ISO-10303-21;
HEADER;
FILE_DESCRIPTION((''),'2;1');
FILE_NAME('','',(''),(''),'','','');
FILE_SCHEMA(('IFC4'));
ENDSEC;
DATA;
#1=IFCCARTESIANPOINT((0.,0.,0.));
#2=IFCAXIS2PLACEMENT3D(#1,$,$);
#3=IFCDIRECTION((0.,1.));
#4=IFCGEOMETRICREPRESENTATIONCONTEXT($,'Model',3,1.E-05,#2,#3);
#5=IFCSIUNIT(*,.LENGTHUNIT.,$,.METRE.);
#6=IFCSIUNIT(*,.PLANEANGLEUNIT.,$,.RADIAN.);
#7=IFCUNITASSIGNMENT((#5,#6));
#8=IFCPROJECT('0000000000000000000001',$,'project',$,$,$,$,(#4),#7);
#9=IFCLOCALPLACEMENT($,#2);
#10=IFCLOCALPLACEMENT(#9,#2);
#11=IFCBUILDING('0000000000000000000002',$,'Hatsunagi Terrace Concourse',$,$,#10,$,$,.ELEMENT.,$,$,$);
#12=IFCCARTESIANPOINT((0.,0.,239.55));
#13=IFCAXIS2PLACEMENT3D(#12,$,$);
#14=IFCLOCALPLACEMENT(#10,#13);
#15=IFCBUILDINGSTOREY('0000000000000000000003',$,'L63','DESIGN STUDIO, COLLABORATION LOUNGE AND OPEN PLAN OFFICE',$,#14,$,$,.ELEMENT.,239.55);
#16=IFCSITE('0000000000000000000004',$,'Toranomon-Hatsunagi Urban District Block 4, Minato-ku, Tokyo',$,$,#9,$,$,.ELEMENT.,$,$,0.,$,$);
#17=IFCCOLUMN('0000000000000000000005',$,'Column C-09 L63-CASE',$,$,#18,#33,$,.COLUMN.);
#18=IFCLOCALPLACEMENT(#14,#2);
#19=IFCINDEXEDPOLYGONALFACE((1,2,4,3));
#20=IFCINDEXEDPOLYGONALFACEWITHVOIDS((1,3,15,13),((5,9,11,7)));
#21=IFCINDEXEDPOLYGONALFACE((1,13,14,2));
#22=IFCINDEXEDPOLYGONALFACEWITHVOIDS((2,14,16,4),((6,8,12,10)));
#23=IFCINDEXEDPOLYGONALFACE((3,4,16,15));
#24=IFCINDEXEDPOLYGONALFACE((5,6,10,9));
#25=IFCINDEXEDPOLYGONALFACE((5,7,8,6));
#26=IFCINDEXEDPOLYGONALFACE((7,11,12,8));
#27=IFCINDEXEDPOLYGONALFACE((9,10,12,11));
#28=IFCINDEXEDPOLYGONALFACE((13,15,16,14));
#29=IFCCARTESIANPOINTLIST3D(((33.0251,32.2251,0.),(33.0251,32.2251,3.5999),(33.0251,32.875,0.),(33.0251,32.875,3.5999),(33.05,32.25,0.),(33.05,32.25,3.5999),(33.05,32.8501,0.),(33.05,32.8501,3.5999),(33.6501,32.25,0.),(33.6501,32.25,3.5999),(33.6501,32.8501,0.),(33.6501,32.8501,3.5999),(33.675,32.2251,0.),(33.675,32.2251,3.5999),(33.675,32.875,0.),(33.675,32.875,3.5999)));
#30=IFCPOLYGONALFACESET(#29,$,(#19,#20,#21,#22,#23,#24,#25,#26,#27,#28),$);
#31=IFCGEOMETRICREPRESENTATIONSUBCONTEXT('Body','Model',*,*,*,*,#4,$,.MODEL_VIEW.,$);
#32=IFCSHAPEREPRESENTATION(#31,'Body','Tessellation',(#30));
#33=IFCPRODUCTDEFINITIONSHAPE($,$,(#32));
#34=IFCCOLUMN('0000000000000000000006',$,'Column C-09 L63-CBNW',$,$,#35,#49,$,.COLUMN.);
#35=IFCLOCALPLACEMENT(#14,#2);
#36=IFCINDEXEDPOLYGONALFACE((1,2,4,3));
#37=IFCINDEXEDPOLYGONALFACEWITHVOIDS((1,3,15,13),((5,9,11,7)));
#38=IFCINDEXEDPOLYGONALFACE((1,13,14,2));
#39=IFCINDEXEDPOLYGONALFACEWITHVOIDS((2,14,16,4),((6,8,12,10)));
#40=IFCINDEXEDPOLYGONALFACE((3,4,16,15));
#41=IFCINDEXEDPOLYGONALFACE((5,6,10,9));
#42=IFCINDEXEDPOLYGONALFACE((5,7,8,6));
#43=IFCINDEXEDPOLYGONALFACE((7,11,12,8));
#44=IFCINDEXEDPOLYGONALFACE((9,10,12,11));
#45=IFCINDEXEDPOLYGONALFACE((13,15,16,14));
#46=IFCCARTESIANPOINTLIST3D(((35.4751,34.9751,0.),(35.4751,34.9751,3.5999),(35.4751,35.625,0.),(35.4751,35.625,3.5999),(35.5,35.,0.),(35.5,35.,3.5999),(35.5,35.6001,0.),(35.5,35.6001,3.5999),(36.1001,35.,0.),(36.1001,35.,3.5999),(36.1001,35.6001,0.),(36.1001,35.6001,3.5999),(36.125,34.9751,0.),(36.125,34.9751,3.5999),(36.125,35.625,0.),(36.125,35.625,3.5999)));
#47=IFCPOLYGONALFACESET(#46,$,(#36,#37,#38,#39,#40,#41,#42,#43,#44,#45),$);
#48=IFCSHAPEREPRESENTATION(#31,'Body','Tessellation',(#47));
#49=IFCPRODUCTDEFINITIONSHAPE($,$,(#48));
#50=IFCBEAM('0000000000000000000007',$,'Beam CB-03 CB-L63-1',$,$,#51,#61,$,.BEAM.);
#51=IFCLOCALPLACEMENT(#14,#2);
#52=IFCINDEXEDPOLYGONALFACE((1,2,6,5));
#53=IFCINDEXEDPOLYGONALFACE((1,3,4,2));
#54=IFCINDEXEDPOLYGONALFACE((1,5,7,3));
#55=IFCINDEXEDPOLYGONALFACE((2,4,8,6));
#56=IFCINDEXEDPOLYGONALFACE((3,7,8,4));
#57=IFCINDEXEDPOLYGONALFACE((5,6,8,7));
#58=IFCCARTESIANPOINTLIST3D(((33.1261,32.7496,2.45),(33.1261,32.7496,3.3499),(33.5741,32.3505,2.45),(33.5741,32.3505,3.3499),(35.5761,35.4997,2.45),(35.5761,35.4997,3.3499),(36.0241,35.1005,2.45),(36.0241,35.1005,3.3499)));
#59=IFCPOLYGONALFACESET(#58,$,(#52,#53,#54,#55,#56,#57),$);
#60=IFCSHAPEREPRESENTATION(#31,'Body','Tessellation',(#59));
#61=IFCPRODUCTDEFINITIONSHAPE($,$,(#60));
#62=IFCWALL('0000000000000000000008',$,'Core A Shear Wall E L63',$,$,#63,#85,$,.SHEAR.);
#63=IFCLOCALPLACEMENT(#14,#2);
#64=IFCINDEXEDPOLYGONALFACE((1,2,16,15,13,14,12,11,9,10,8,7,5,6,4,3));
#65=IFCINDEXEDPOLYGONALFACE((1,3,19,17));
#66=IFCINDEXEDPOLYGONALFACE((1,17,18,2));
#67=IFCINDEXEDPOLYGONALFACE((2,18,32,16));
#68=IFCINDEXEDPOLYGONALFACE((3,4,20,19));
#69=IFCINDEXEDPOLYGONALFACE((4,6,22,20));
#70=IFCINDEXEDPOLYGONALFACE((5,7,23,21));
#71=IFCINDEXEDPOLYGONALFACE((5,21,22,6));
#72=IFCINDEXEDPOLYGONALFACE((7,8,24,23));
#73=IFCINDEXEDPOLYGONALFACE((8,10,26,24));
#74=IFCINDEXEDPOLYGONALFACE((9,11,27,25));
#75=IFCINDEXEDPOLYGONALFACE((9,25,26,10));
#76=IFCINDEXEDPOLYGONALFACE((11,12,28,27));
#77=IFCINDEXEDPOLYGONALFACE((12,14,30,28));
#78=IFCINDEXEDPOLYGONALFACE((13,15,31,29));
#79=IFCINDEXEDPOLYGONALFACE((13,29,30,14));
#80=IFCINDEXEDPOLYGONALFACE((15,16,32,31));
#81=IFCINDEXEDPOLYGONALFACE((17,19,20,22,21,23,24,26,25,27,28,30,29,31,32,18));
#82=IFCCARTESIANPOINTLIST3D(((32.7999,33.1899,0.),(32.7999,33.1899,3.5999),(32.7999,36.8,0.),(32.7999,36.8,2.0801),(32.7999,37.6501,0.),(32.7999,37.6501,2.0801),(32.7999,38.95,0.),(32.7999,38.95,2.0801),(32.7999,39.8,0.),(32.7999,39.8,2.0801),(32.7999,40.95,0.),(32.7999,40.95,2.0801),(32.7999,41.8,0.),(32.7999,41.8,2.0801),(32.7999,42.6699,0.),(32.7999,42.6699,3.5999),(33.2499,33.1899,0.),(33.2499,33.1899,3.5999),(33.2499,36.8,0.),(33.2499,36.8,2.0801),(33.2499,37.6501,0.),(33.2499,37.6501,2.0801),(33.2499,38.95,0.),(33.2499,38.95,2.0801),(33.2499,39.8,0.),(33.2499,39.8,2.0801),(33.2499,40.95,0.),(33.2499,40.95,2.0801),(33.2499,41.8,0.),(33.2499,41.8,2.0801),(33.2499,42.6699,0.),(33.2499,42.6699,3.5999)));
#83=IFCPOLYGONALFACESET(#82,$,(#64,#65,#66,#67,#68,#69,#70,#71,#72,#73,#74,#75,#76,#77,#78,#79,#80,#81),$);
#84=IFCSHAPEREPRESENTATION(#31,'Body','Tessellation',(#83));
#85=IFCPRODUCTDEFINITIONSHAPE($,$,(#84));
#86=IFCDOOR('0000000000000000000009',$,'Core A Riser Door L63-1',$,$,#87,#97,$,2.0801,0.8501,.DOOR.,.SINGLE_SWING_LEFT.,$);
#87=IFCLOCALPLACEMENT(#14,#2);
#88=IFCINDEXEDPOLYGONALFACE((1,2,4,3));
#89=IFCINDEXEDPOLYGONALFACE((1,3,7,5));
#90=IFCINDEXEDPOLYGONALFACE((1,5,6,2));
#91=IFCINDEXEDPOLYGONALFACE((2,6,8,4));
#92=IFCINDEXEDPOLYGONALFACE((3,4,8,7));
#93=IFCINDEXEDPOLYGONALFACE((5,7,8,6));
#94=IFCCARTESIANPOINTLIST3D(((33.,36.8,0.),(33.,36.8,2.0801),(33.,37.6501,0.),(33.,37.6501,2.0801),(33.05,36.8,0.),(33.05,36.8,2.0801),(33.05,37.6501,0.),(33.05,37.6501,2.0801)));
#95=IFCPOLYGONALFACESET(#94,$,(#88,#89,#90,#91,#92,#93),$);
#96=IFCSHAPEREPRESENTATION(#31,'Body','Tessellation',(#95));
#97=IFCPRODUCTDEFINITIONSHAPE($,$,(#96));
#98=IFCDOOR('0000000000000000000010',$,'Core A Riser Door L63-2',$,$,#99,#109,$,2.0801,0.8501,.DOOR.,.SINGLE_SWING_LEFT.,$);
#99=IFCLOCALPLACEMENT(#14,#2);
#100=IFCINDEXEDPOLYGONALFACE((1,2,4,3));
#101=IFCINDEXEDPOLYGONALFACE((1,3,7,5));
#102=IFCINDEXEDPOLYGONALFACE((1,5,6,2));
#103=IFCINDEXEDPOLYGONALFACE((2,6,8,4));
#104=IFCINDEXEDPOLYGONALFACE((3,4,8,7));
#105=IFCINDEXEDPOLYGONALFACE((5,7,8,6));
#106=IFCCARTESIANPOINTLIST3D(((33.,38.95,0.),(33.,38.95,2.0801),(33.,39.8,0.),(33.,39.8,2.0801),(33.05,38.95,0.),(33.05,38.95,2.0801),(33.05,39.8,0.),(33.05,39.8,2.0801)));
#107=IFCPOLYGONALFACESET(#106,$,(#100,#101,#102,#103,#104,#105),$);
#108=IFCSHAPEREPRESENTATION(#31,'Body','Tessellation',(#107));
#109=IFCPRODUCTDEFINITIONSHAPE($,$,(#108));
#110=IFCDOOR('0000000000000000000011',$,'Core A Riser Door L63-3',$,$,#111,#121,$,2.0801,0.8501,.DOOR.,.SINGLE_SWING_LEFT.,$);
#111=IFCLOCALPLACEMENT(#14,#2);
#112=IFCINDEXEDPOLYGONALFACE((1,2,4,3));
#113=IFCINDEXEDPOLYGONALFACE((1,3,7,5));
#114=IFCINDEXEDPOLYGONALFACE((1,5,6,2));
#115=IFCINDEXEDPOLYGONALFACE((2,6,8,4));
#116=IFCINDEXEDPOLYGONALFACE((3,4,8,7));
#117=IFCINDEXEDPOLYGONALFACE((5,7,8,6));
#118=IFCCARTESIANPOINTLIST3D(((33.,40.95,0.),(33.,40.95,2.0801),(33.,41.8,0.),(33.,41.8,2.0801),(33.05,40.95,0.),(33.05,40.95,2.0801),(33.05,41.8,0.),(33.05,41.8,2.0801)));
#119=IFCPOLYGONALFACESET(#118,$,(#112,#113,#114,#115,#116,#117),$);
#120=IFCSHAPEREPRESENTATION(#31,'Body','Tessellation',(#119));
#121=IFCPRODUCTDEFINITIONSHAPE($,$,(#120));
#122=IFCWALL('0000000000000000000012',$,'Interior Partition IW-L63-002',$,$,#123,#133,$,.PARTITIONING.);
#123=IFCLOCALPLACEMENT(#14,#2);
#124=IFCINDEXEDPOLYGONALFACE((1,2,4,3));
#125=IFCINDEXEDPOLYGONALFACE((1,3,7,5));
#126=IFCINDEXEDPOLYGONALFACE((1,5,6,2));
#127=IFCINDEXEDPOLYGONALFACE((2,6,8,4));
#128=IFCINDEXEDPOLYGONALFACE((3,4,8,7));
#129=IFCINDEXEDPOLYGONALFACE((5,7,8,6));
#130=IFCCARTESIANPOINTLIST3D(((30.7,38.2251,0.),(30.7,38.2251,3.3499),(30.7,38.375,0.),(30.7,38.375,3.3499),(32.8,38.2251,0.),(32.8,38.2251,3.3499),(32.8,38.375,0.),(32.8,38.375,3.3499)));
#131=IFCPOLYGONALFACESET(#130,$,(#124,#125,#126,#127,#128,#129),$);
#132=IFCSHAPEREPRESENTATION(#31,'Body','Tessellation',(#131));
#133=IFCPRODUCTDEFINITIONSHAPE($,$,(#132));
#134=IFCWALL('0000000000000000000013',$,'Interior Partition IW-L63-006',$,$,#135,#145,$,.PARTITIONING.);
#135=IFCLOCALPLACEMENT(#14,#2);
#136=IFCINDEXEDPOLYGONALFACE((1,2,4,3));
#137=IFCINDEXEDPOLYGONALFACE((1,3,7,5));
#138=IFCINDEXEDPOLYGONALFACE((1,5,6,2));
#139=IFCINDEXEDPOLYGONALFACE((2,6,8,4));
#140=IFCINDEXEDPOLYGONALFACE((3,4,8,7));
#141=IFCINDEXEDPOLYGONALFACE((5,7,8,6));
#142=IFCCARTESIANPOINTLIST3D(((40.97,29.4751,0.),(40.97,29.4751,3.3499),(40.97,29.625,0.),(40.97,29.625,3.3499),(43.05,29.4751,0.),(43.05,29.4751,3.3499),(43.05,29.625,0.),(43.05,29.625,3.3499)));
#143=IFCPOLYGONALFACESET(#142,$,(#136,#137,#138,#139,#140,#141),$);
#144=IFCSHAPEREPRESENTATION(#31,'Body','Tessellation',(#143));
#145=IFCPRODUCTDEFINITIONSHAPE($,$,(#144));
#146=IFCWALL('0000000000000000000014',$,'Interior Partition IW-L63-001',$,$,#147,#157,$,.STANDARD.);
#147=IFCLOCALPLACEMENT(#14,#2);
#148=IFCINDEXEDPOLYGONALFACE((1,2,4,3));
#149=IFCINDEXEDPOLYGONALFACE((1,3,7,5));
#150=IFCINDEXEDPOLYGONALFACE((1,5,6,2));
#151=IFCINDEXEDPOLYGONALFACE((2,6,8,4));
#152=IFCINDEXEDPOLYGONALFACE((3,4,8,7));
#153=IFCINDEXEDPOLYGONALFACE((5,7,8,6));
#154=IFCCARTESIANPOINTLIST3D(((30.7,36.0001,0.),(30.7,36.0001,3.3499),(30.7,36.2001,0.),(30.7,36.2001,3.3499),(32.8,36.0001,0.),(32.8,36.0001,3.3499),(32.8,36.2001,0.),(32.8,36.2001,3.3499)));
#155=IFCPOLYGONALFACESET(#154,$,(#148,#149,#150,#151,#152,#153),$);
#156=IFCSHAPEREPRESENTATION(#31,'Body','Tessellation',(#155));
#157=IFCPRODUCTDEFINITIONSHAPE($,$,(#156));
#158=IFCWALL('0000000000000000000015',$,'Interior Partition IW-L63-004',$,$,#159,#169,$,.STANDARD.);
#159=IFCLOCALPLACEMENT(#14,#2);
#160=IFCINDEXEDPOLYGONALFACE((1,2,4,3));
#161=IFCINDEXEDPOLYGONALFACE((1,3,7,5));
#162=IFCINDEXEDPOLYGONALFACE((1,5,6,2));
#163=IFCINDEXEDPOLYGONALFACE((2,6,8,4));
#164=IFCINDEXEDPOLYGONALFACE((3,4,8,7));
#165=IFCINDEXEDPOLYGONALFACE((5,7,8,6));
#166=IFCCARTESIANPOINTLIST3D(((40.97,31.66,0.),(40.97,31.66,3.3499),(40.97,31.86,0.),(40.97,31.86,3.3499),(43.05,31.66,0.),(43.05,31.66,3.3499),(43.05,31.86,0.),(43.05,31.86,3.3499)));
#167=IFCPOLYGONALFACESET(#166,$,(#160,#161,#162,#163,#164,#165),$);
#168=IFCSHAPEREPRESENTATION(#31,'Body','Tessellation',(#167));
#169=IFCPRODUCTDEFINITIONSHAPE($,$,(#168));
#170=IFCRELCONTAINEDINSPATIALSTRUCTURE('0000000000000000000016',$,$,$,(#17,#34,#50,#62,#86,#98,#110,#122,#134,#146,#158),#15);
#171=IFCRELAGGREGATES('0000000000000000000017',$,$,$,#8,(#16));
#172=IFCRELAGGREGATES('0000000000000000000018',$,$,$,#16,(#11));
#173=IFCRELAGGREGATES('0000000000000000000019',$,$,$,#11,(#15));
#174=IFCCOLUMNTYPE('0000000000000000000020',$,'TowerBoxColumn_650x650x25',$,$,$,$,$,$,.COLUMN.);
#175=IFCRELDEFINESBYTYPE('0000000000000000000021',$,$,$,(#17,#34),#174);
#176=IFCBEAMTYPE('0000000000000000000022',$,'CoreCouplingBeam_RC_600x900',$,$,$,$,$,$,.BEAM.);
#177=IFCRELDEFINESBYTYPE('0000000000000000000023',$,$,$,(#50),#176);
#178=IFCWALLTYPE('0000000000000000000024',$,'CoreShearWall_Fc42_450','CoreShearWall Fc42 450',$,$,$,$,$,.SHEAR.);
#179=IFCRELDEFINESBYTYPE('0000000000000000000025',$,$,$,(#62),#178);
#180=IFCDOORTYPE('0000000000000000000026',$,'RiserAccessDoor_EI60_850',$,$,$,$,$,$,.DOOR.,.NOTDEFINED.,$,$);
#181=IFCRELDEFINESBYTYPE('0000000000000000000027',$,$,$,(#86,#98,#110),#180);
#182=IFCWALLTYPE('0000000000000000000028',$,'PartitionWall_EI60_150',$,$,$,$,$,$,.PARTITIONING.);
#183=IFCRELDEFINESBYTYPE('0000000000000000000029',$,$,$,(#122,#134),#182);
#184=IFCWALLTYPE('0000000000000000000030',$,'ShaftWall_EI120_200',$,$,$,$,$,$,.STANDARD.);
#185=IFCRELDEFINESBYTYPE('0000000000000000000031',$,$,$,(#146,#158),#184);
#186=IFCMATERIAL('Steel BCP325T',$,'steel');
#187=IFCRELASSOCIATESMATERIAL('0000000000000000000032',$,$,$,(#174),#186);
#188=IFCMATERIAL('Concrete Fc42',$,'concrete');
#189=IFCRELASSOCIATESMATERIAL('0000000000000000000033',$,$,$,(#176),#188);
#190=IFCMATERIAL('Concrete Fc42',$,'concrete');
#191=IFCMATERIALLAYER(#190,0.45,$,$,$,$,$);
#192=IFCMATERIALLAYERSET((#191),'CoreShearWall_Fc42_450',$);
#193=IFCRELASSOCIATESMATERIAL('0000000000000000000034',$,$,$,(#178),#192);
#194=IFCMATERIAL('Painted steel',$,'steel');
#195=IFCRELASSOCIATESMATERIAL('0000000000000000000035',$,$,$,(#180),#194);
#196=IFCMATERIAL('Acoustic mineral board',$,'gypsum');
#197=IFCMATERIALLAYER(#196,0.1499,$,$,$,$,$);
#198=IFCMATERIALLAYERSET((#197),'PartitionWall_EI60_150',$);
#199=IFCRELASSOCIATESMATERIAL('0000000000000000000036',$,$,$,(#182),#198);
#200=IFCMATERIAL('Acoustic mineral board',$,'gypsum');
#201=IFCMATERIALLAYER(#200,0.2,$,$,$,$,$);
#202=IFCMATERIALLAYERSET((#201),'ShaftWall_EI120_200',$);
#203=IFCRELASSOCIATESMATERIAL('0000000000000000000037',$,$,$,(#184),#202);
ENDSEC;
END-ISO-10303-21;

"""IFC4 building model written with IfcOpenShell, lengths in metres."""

from ifc_helpers import new_model, si_unit, direction, frame, frame_2d, origin, origin_2d, place, context, subcontext, project, spatial, rectangle, hollow_rectangle, extrude, material, layer, layer_set, material_profile, profile_set, type_object, element, fill, save


model = new_model("IFC4")

# Units and contexts
model_context = context("Model", 3, precision=1e-05, world=origin(), true_north=direction((0.0, 1.0)))
body_context = subcontext(model_context, "Body", "Model", "MODEL_VIEW")
ifc_project = project(units=[si_unit("LENGTHUNIT", "METRE"), si_unit("PLANEANGLEUNIT", "RADIAN")], contexts=[model_context])

# Site, building, storey
site_placement = place(None, origin())
site = spatial("IfcSite", under=ifc_project, at=site_placement, Name="Toranomon-Hatsunagi Urban District Block 4, Minato-ku, Tokyo", CompositionType="ELEMENT", RefElevation=0.0)
building_placement = place(site_placement, origin())
building = spatial("IfcBuilding", under=site, at=building_placement, Name="Hatsunagi Terrace Concourse", CompositionType="ELEMENT")
storey_placement = place(building_placement, frame((0.0, 0.0, 239.55)))
storey = spatial("IfcBuildingStorey", under=building, at=storey_placement, Name="L63", Description="DESIGN STUDIO, COLLABORATION LOUNGE AND OPEN PLAN OFFICE", CompositionType="ELEMENT", Elevation=239.55)

# Columns
ifc_material_1 = material(Name="Steel BCP325T", Category="steel")
ifc_material_profile_1 = material_profile(ifc_material_1, hollow_rectangle(XDim=0.6499, YDim=0.6499, WallThickness=0.0249, at=origin_2d()), Name="BCP-650x650x25")
ifc_profile_set_1 = profile_set([ifc_material_profile_1], Name="Steel BCP325T")
column_type = type_object("IfcColumnType", Name="TowerBoxColumn_650x650x25", PredefinedType="COLUMN", material=ifc_profile_set_1)
for number, where, z_axis, x_axis, name in (
    (1, (33.3501, 32.55, 0.0), (0.0, 0.0, 1.0), (1.0, 0.0, 0.0), "Column C-09 L63-CASE"),
    (2, (35.8, 35.3, 0.0), (0.0, 0.0, 1.0), (1.0, 0.0, 0.0), "Column C-09 L63-CBNW"),
):
    element("IfcColumn", number, at=place(storey_placement, frame(where, z_axis=z_axis, x_axis=x_axis)), inside=storey, type_object=column_type, Name=name, PredefinedType="COLUMN", context=body_context, shape_type="SweptSolid", body=[
        extrude(hollow_rectangle(XDim=0.6499, YDim=0.6499, WallThickness=0.0249, at=origin_2d()), origin(), (0.0, 0.0, 1.0), 3.5999),
    ])

# Beam
ifc_material_2 = material(Name="Concrete Fc42", Category="concrete")
ifc_material_profile_2 = material_profile(ifc_material_2, rectangle(XDim=0.6001, YDim=0.8999, at=origin_2d()), Name="RC-600x900")
ifc_profile_set_2 = profile_set([ifc_material_profile_2], Name="Concrete Fc42")
beam_type = type_object("IfcBeamType", Name="CoreCouplingBeam_RC_600x900", PredefinedType="BEAM", material=ifc_profile_set_2)
beam_placement = place(storey_placement, frame((33.3501, 32.55, 2.8999), z_axis=(0.665199, 0.746666, 0.0), x_axis=(-0.746666, 0.665199, 0.0)))
element("IfcBeam", 3, at=beam_placement, inside=storey, type_object=beam_type, Name="Beam CB-03 CB-L63-1", PredefinedType="BEAM", context=body_context, shape_type="SweptSolid", body=[
    extrude(rectangle(XDim=0.6001, YDim=0.8999, at=origin_2d()), origin(), (0.0, 0.0, 1.0), 3.6831),
])

# Wall, openings, doors
ifc_material_3 = material(Name="Concrete Fc42", Category="concrete")
ifc_layer_1 = layer(ifc_material_3, 0.45)
ifc_layer_set_1 = layer_set([ifc_layer_1], Name="CoreShearWall_Fc42_450")
wall_type_1 = type_object("IfcWallType", Name="CoreShearWall_Fc42_450", Description="CoreShearWall Fc42 450", PredefinedType="SHEAR", material=ifc_layer_set_1)
wall_1_placement = place(storey_placement, frame((33.0249, 33.1899, 0.0), z_axis=(0.0, 0.0, 1.0), x_axis=(0.0, 1.0, 0.0)))
wall_1 = element("IfcWall", 4, at=wall_1_placement, inside=storey, type_object=wall_type_1, Name="Core A Shear Wall E L63", PredefinedType="SHEAR", context=body_context, shape_type="SweptSolid", body=[
    extrude(rectangle(XDim=9.48, YDim=0.45, at=frame_2d((4.74, 0.0))), origin(), (0.0, 0.0, 1.0), 3.5999),
])
opening_1_placement = place(wall_1_placement, frame((3.6101, 0.0, 0.0)))
opening_1 = element("IfcOpeningElement", 5, at=opening_1_placement, cuts=wall_1, PredefinedType="OPENING", context=body_context, shape_type="SweptSolid", body=[
    extrude(rectangle(XDim=0.8501, YDim=2.0801, at=frame_2d((0.425, 1.04))), frame((0.0, 0.2349, 0.0), z_axis=(0.0, -1.0, 0.0), x_axis=(1.0, 0.0, 0.0)), (0.0, 0.0, 1.0), 0.47),
])
opening_2_placement = place(wall_1_placement, frame((5.76, 0.0, 0.0)))
opening_2 = element("IfcOpeningElement", 6, at=opening_2_placement, cuts=wall_1, PredefinedType="OPENING", context=body_context, shape_type="SweptSolid", body=[
    extrude(rectangle(XDim=0.8501, YDim=2.0801, at=frame_2d((0.425, 1.04))), frame((0.0, 0.2349, 0.0), z_axis=(0.0, -1.0, 0.0), x_axis=(1.0, 0.0, 0.0)), (0.0, 0.0, 1.0), 0.47),
])
opening_3_placement = place(wall_1_placement, frame((7.76, 0.0, 0.0)))
opening_3 = element("IfcOpeningElement", 7, at=opening_3_placement, cuts=wall_1, PredefinedType="OPENING", context=body_context, shape_type="SweptSolid", body=[
    extrude(rectangle(XDim=0.8501, YDim=2.0801, at=frame_2d((0.425, 1.04))), frame((0.0, 0.2349, 0.0), z_axis=(0.0, -1.0, 0.0), x_axis=(1.0, 0.0, 0.0)), (0.0, 0.0, 1.0), 0.47),
])
ifc_material_4 = material(Name="Painted steel", Category="steel")
door_type_1 = type_object("IfcDoorType", Name="RiserAccessDoor_EI60_850", OperationType="NOTDEFINED", PredefinedType="DOOR", material=ifc_material_4)
door_1_placement = place(opening_1_placement, origin())
door_1 = element("IfcDoor", 8, at=door_1_placement, inside=storey, type_object=door_type_1, Name="Core A Riser Door L63-1", OperationType="SINGLE_SWING_LEFT", OverallHeight=2.0801, OverallWidth=0.8501, PredefinedType="DOOR", context=body_context, shape_type="SweptSolid", body=[
    extrude(rectangle(XDim=0.8501, YDim=2.0801, at=frame_2d((0.425, 1.04))), frame((0.0, 0.0249, 0.0), z_axis=(0.0, -1.0, 0.0), x_axis=(1.0, 0.0, 0.0)), (0.0, 0.0, 1.0), 0.05),
])
fill(opening_1, door_1)
door_2_placement = place(opening_2_placement, origin())
door_2 = element("IfcDoor", 9, at=door_2_placement, inside=storey, type_object=door_type_1, Name="Core A Riser Door L63-2", OperationType="SINGLE_SWING_LEFT", OverallHeight=2.0801, OverallWidth=0.8501, PredefinedType="DOOR", context=body_context, shape_type="SweptSolid", body=[
    extrude(rectangle(XDim=0.8501, YDim=2.0801, at=frame_2d((0.425, 1.04))), frame((0.0, 0.0249, 0.0), z_axis=(0.0, -1.0, 0.0), x_axis=(1.0, 0.0, 0.0)), (0.0, 0.0, 1.0), 0.05),
])
fill(opening_2, door_2)
door_3_placement = place(opening_3_placement, origin())
door_3 = element("IfcDoor", 10, at=door_3_placement, inside=storey, type_object=door_type_1, Name="Core A Riser Door L63-3", OperationType="SINGLE_SWING_LEFT", OverallHeight=2.0801, OverallWidth=0.8501, PredefinedType="DOOR", context=body_context, shape_type="SweptSolid", body=[
    extrude(rectangle(XDim=0.8501, YDim=2.0801, at=frame_2d((0.425, 1.04))), frame((0.0, 0.0249, 0.0), z_axis=(0.0, -1.0, 0.0), x_axis=(1.0, 0.0, 0.0)), (0.0, 0.0, 1.0), 0.05),
])
fill(opening_3, door_3)

# Walls
ifc_material_5 = material(Name="Acoustic mineral board", Category="gypsum")
ifc_layer_2 = layer(ifc_material_5, 0.1499)
ifc_layer_set_2 = layer_set([ifc_layer_2], Name="PartitionWall_EI60_150")
wall_type_2 = type_object("IfcWallType", Name="PartitionWall_EI60_150", PredefinedType="PARTITIONING", material=ifc_layer_set_2)
wall_2_placement = place(storey_placement, frame((30.7, 38.3, 0.0), z_axis=(0.0, 0.0, 1.0), x_axis=(1.0, 0.0, 0.0)))
element("IfcWall", 11, at=wall_2_placement, inside=storey, type_object=wall_type_2, Name="Interior Partition IW-L63-002", PredefinedType="PARTITIONING", context=body_context, shape_type="SweptSolid", body=[
    extrude(rectangle(XDim=2.1001, YDim=0.1499, at=frame_2d((1.05, 0.0))), origin(), (0.0, 0.0, 1.0), 3.3499),
])
wall_3_placement = place(storey_placement, frame((40.97, 29.55, 0.0), z_axis=(0.0, 0.0, 1.0), x_axis=(1.0, 0.0, 0.0)))
element("IfcWall", 12, at=wall_3_placement, inside=storey, type_object=wall_type_2, Name="Interior Partition IW-L63-006", PredefinedType="PARTITIONING", context=body_context, shape_type="SweptSolid", body=[
    extrude(rectangle(XDim=2.0801, YDim=0.1499, at=frame_2d((1.04, 0.0))), origin(), (0.0, 0.0, 1.0), 3.3499),
])
ifc_material_6 = material(Name="Acoustic mineral board", Category="gypsum")
ifc_layer_3 = layer(ifc_material_6, 0.2)
ifc_layer_set_3 = layer_set([ifc_layer_3], Name="ShaftWall_EI120_200")
wall_type_3 = type_object("IfcWallType", Name="ShaftWall_EI120_200", PredefinedType="STANDARD", material=ifc_layer_set_3)
wall_4_placement = place(storey_placement, frame((30.7, 36.1001, 0.0), z_axis=(0.0, 0.0, 1.0), x_axis=(1.0, 0.0, 0.0)))
element("IfcWall", 13, at=wall_4_placement, inside=storey, type_object=wall_type_3, Name="Interior Partition IW-L63-001", PredefinedType="STANDARD", context=body_context, shape_type="SweptSolid", body=[
    extrude(rectangle(XDim=2.1001, YDim=0.2, at=frame_2d((1.05, 0.0))), origin(), (0.0, 0.0, 1.0), 3.3499),
])
wall_5_placement = place(storey_placement, frame((40.97, 31.76, 0.0), z_axis=(0.0, 0.0, 1.0), x_axis=(1.0, 0.0, 0.0)))
element("IfcWall", 14, at=wall_5_placement, inside=storey, type_object=wall_type_3, Name="Interior Partition IW-L63-004", PredefinedType="STANDARD", context=body_context, shape_type="SweptSolid", body=[
    extrude(rectangle(XDim=2.0801, YDim=0.2, at=frame_2d((1.04, 0.0))), origin(), (0.0, 0.0, 1.0), 3.3499),
])

save(model, "model.ifc")
